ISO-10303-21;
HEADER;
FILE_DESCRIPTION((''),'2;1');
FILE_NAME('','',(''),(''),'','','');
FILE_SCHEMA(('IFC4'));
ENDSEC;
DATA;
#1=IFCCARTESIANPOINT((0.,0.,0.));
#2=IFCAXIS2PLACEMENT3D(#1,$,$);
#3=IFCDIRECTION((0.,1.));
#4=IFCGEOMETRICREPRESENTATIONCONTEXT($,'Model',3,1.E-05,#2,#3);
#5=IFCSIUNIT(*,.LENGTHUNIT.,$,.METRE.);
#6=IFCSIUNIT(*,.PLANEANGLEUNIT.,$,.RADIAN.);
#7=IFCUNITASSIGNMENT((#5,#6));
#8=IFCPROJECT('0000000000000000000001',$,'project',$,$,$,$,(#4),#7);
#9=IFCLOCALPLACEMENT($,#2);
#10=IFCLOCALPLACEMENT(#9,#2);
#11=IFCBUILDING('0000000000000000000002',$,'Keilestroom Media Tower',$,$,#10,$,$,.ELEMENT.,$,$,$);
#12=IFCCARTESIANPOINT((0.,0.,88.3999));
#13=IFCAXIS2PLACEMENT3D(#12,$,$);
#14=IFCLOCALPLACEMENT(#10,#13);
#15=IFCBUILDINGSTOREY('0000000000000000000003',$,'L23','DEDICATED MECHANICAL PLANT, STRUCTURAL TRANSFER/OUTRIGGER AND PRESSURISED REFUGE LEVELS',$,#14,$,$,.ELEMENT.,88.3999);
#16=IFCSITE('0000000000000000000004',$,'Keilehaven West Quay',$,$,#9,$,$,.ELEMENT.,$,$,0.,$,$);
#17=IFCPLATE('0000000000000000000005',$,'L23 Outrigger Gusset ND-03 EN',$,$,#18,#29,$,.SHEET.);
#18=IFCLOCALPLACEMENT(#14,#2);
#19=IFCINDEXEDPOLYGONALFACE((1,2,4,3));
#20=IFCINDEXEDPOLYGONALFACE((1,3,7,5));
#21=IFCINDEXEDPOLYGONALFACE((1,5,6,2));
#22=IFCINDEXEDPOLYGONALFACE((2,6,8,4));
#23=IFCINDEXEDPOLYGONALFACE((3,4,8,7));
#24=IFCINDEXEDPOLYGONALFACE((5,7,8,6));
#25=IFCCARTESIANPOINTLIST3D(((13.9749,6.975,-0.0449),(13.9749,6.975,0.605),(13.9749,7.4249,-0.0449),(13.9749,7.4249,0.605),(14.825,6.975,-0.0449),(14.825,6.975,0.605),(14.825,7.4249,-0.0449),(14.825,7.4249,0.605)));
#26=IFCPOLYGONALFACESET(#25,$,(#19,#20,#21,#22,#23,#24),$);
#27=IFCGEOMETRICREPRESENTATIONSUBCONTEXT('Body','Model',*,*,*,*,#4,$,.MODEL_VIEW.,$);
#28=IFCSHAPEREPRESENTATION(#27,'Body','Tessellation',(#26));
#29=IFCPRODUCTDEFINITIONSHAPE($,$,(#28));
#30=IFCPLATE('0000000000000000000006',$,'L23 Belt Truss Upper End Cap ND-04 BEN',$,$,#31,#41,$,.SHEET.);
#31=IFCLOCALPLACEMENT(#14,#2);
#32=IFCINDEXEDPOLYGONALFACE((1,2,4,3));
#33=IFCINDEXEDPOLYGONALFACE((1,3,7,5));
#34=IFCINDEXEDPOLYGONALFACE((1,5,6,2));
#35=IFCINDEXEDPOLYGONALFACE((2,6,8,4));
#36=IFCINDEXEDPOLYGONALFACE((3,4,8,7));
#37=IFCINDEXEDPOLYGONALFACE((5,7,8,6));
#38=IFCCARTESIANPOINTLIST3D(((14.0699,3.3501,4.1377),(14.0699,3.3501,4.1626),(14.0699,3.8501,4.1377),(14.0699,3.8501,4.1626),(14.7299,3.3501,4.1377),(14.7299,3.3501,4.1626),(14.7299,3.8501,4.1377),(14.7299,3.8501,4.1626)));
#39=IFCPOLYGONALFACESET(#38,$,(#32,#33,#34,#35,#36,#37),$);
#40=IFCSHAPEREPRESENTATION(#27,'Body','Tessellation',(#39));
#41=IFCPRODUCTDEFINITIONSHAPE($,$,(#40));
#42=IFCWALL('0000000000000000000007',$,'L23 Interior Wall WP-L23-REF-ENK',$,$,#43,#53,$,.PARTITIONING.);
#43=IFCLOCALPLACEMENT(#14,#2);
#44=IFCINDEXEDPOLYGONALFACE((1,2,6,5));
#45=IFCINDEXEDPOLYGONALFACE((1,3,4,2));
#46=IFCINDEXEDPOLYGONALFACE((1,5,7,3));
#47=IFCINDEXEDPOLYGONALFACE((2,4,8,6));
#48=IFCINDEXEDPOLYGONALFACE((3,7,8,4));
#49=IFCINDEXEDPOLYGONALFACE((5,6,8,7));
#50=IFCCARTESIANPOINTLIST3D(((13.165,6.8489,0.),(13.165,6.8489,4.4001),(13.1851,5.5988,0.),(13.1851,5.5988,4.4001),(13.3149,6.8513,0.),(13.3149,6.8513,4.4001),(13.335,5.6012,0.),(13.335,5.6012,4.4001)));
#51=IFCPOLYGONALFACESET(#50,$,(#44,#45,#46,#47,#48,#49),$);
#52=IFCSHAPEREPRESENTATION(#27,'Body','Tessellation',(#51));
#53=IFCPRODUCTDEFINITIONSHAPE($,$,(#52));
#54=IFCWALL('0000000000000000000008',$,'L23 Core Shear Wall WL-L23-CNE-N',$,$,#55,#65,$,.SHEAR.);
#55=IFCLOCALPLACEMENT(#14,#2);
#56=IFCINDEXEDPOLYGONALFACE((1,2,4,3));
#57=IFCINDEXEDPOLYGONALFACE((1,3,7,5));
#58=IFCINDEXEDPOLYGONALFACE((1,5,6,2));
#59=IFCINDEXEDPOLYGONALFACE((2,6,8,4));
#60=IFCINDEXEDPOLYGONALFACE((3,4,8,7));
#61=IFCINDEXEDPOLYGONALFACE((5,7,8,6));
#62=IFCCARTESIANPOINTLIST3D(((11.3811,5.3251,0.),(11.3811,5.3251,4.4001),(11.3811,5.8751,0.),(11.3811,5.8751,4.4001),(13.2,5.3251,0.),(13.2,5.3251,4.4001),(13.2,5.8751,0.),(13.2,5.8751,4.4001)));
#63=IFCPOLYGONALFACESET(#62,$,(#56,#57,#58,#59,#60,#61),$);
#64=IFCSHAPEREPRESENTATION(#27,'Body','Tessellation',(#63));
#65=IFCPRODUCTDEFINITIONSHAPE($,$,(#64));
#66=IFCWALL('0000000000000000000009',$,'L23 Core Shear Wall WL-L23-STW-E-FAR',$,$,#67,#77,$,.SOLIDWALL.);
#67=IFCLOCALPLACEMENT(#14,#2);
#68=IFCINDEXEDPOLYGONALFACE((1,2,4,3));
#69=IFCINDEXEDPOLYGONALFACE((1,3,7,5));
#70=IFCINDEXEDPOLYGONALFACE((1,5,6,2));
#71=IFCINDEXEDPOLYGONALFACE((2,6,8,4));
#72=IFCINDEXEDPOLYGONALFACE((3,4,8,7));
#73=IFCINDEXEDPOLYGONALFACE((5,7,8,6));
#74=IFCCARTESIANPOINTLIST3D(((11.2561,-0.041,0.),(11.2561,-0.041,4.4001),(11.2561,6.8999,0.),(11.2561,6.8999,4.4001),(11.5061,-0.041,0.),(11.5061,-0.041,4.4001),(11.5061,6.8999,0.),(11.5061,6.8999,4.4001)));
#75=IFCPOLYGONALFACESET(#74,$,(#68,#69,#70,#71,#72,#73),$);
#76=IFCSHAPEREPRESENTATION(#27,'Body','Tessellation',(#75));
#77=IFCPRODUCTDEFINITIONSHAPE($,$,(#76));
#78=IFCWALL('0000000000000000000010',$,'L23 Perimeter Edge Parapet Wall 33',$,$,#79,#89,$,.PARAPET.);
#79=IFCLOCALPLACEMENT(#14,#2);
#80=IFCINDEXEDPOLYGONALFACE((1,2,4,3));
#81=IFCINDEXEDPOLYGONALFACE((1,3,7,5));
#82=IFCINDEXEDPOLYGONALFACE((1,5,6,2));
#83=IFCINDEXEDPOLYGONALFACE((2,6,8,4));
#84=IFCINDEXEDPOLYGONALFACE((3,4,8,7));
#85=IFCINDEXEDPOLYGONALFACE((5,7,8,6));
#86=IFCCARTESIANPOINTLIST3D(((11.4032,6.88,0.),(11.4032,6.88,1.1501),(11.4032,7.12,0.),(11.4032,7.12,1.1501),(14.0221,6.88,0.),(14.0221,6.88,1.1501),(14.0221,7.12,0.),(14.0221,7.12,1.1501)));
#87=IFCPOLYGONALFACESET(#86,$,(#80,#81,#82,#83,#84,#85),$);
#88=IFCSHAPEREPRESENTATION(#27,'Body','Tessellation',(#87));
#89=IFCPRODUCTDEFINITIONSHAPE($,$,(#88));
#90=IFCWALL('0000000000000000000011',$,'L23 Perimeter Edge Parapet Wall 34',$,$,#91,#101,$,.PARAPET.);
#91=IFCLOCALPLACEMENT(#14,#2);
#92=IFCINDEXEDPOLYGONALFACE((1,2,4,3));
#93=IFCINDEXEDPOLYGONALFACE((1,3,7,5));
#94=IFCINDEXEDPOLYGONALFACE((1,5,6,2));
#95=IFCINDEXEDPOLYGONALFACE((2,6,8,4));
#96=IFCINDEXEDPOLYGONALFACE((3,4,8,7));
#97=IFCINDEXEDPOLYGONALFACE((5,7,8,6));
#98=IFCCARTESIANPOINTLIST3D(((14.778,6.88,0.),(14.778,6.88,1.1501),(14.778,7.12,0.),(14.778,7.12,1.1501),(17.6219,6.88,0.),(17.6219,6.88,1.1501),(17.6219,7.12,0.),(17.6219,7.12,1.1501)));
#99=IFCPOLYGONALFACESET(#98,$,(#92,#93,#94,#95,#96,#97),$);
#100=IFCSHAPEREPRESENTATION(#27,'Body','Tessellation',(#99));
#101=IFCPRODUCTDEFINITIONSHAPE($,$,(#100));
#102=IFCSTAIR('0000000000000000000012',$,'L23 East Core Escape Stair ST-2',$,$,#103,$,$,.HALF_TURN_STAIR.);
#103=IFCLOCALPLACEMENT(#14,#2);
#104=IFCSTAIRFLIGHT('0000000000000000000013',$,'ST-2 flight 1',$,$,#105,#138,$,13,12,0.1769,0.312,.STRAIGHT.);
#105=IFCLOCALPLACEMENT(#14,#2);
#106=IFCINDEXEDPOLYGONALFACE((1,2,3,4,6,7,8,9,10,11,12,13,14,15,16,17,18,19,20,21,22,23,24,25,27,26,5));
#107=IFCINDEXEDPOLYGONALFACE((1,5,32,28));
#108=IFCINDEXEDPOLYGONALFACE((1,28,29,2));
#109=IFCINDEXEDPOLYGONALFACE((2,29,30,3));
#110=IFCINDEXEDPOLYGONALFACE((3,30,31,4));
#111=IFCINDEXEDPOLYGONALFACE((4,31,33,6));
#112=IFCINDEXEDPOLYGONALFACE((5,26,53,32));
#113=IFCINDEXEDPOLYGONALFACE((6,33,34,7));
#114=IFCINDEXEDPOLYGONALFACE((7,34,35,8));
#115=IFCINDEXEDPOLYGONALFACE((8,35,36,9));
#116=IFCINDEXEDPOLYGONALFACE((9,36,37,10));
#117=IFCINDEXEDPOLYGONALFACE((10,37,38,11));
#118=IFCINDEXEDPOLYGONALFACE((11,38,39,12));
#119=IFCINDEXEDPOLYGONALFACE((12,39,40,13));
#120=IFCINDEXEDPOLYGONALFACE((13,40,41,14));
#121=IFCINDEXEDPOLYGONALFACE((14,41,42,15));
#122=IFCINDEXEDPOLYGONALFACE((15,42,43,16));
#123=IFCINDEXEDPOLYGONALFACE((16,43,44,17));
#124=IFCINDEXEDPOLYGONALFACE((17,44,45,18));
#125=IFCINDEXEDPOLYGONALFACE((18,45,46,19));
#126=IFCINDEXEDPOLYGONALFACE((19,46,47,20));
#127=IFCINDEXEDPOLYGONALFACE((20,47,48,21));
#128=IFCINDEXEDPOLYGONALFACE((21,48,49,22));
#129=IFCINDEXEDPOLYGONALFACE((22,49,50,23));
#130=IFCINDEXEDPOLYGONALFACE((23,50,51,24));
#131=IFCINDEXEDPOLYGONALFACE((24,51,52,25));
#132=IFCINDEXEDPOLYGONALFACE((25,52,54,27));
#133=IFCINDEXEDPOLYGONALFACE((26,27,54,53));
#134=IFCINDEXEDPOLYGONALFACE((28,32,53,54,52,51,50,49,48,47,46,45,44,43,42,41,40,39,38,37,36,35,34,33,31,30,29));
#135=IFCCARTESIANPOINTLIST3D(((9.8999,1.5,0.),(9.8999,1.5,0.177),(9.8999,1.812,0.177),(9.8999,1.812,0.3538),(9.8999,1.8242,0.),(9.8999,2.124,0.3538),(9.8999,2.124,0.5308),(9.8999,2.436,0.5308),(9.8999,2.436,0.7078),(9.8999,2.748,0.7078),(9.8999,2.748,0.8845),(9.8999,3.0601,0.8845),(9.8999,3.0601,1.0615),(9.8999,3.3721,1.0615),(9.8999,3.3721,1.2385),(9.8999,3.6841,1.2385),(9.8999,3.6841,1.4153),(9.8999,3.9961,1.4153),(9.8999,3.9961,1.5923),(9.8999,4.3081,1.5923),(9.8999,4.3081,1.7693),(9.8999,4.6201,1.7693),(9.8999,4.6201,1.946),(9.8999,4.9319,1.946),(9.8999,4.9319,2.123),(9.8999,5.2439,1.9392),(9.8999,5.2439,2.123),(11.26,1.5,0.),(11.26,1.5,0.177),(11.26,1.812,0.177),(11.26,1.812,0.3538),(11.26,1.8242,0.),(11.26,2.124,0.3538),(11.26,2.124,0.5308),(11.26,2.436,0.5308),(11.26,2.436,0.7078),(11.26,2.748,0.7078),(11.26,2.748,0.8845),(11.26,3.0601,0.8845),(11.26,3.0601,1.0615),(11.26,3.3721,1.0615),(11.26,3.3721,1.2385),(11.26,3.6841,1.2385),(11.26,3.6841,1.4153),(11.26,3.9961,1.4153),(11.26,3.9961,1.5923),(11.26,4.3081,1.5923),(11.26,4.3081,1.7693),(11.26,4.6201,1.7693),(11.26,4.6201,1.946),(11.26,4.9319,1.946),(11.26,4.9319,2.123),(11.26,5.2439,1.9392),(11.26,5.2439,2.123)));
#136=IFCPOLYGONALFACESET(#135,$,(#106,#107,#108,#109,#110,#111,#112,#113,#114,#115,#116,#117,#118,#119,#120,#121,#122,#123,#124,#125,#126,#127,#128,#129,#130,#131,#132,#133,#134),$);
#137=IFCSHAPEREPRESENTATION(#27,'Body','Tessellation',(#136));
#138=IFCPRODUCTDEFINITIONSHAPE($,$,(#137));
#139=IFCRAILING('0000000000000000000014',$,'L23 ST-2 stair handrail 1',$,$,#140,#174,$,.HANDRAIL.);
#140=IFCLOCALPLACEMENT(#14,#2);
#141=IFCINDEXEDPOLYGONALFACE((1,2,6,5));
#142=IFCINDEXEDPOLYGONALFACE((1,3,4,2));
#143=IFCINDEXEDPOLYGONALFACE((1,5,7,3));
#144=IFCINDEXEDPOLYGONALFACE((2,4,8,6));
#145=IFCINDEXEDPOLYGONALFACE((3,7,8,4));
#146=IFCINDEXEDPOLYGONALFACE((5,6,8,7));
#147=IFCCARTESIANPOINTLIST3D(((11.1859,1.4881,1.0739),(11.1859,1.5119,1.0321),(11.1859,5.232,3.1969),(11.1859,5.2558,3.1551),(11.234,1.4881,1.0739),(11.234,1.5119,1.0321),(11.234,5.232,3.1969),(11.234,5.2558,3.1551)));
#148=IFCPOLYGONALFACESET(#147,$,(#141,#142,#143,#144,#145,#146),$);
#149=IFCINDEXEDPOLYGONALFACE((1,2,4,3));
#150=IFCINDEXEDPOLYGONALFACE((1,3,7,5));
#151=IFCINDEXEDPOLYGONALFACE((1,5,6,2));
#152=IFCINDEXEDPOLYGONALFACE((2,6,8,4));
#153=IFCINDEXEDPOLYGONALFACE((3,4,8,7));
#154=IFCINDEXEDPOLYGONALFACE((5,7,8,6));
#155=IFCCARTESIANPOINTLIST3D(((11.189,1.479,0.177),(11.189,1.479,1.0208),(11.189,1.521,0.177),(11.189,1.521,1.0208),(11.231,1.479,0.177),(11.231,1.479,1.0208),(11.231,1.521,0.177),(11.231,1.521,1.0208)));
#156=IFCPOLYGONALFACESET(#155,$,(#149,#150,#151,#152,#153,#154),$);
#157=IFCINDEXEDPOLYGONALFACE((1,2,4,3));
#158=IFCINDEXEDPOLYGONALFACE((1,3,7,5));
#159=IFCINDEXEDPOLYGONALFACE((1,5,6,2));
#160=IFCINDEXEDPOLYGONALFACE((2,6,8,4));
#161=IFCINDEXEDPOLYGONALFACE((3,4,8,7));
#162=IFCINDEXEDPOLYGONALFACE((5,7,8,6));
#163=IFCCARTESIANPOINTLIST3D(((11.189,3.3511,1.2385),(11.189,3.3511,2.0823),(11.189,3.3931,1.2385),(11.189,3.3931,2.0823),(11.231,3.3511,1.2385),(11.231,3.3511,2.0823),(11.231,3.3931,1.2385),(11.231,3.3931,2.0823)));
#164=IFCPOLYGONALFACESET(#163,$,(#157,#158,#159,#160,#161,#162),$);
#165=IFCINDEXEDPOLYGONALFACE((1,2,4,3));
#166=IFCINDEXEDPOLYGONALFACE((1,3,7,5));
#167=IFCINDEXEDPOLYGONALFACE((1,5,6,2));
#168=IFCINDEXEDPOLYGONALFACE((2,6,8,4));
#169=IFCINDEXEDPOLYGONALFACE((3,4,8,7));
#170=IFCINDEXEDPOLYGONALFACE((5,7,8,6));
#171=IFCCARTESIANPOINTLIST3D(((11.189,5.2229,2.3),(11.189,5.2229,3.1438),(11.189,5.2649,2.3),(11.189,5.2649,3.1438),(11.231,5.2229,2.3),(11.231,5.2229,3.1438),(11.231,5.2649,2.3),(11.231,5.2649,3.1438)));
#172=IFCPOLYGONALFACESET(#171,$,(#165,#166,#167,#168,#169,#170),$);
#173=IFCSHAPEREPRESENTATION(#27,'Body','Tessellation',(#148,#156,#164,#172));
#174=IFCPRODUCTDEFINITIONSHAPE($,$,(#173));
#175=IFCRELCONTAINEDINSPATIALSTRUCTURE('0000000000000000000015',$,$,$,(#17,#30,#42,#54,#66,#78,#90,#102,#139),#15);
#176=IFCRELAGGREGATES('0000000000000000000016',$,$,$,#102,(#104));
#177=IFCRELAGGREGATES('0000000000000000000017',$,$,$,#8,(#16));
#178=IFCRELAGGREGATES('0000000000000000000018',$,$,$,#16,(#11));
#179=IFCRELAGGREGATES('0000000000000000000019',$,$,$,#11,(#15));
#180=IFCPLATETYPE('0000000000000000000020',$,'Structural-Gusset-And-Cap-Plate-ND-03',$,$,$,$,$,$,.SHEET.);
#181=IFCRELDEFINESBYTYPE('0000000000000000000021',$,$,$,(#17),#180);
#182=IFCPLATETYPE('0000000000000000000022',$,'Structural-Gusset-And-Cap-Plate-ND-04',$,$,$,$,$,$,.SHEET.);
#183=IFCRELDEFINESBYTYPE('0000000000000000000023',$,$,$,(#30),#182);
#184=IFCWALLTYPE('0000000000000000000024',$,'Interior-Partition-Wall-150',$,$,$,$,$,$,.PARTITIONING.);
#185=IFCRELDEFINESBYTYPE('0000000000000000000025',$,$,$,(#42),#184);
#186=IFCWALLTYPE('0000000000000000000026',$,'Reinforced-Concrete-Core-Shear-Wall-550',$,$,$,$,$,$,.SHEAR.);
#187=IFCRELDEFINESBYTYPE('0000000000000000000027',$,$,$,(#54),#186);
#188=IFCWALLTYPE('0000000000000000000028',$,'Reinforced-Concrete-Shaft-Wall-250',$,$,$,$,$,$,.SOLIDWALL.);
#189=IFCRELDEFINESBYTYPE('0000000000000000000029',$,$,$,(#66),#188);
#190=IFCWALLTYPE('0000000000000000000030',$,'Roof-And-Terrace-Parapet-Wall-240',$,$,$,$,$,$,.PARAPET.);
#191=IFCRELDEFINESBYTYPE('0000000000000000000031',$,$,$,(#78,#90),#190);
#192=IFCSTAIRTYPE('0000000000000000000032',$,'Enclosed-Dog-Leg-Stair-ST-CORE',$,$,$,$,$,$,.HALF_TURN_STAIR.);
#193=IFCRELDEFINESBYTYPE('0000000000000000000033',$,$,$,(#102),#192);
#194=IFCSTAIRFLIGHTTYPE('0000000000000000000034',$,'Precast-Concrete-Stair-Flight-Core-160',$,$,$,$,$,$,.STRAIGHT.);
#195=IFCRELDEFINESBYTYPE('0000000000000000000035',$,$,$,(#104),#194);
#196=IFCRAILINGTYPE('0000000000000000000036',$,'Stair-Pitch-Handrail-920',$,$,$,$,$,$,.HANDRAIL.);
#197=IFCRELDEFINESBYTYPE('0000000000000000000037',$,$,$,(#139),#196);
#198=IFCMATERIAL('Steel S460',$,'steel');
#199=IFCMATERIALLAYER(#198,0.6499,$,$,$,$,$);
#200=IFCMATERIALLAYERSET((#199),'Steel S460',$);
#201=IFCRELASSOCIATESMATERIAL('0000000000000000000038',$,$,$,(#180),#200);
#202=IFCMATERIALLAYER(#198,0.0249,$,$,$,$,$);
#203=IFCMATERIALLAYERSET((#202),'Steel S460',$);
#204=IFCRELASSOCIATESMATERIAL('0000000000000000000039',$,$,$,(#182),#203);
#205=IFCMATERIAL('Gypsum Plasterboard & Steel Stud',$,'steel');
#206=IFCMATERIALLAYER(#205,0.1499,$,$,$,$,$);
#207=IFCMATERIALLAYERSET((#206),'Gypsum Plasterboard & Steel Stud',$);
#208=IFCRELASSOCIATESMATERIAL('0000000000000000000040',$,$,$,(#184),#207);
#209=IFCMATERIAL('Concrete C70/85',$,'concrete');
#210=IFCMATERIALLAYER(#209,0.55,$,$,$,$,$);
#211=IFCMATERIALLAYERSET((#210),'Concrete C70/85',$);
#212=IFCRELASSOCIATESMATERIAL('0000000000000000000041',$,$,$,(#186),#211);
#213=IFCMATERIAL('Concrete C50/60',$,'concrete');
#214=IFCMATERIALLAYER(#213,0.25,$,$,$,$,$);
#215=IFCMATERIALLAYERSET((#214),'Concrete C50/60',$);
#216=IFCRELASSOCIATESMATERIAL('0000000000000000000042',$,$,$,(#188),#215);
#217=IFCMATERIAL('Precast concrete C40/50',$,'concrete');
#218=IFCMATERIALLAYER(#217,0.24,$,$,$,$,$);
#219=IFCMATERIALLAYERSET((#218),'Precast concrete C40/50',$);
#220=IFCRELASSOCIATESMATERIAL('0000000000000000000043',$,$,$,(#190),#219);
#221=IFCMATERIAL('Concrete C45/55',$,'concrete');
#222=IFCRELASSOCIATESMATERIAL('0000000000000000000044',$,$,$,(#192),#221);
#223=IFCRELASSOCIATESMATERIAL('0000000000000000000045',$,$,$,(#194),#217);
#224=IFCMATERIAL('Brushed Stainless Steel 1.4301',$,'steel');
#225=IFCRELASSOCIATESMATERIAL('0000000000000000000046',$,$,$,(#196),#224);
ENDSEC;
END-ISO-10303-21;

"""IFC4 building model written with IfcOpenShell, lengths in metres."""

from ifc_helpers import new_model, si_unit, direction, frame, frame_2d, origin, origin_2d, place, context, subcontext, project, spatial, polyline, rectangle, outline, extrude, source, transform, mapped, material, layer, layer_set, type_object, element, aggregate, save


model = new_model("IFC4")

# Units and contexts
model_context = context("Model", 3, precision=1e-05, world=origin(), true_north=direction((0.0, 1.0)))
body_context = subcontext(model_context, "Body", "Model", "MODEL_VIEW")
ifc_project = project(units=[si_unit("LENGTHUNIT", "METRE"), si_unit("PLANEANGLEUNIT", "RADIAN")], contexts=[model_context])

# Site, building, storey
site_placement = place(None, origin())
site = spatial("IfcSite", under=ifc_project, at=site_placement, Name="Keilehaven West Quay", CompositionType="ELEMENT", RefElevation=0.0)
building_placement = place(site_placement, origin())
building = spatial("IfcBuilding", under=site, at=building_placement, Name="Keilestroom Media Tower", CompositionType="ELEMENT")
storey_placement = place(building_placement, frame((0.0, 0.0, 88.3999)))
storey = spatial("IfcBuildingStorey", under=building, at=storey_placement, Name="L23", Description="DEDICATED MECHANICAL PLANT, STRUCTURAL TRANSFER/OUTRIGGER AND PRESSURISED REFUGE LEVELS", CompositionType="ELEMENT", Elevation=88.3999)

# Shared definitions
ifc_material_1 = material(Name="Precast concrete C40/50", Category="concrete")
ifc_material_2 = material(Name="Steel S460", Category="steel")

# Plates
ifc_layer_1 = layer(ifc_material_2, 0.6499)
ifc_layer_set_1 = layer_set([ifc_layer_1], Name="Steel S460")
plate_type_1 = type_object("IfcPlateType", Name="Structural-Gusset-And-Cap-Plate-ND-03", PredefinedType="SHEET", material=ifc_layer_set_1)
shared_shape_1 = source(origin(), body_context, "Body", "SweptSolid", [
    extrude(rectangle(XDim=0.8501, YDim=0.45, at=origin_2d()), origin(), (0.0, 0.0, 1.0), 0.6499),
])
plate_1_placement = place(storey_placement, frame((14.3999, 7.2, -0.0449), z_axis=(0.0, 0.0, 1.0), x_axis=(1.0, 0.0, 0.0)))
element("IfcPlate", 1, at=plate_1_placement, inside=storey, type_object=plate_type_1, Name="L23 Outrigger Gusset ND-03 EN", PredefinedType="SHEET", context=body_context, shape_type="MappedRepresentation", body=[
    mapped(shared_shape_1, transform((0.0, 0.0, 0.0), x_axis=(1.0, 0.0, 0.0), y_axis=(0.0, 1.0, 0.0), z_axis=(0.0, 0.0, 1.0), scale=1.0)),
])
ifc_layer_2 = layer(ifc_material_2, 0.0249)
ifc_layer_set_2 = layer_set([ifc_layer_2], Name="Steel S460")
plate_type_2 = type_object("IfcPlateType", Name="Structural-Gusset-And-Cap-Plate-ND-04", PredefinedType="SHEET", material=ifc_layer_set_2)
shared_shape_2 = source(origin(), body_context, "Body", "SweptSolid", [
    extrude(rectangle(XDim=0.6599, YDim=0.5, at=origin_2d()), origin(), (0.0, 0.0, 1.0), 0.0249),
])
plate_2_placement = place(storey_placement, frame((14.3999, 3.6001, 4.1377), z_axis=(0.0, 0.0, 1.0), x_axis=(1.0, 0.0, 0.0)))
element("IfcPlate", 2, at=plate_2_placement, inside=storey, type_object=plate_type_2, Name="L23 Belt Truss Upper End Cap ND-04 BEN", PredefinedType="SHEET", context=body_context, shape_type="MappedRepresentation", body=[
    mapped(shared_shape_2, transform((0.0, 0.0, 0.0), x_axis=(1.0, 0.0, 0.0), y_axis=(0.0, 1.0, 0.0), z_axis=(0.0, 0.0, 1.0), scale=1.0)),
])

# Walls
ifc_material_3 = material(Name="Gypsum Plasterboard & Steel Stud", Category="steel")
ifc_layer_3 = layer(ifc_material_3, 0.1499)
ifc_layer_set_3 = layer_set([ifc_layer_3], Name="Gypsum Plasterboard & Steel Stud")
wall_type_1 = type_object("IfcWallType", Name="Interior-Partition-Wall-150", PredefinedType="PARTITIONING", material=ifc_layer_set_3)
wall_1_placement = place(storey_placement, frame((13.26, 5.6001, 0.0), z_axis=(0.0, 0.0, 1.0), x_axis=(-0.016014, 0.999872, 0.0)))
element("IfcWall", 3, at=wall_1_placement, inside=storey, type_object=wall_type_1, Name="L23 Interior Wall WP-L23-REF-ENK", PredefinedType="PARTITIONING", context=body_context, shape_type="SweptSolid", body=[
    extrude(rectangle(XDim=1.2502, YDim=0.1499, at=frame_2d((0.625, 0.0))), origin(), (0.0, 0.0, 1.0), 4.4001),
])
ifc_material_4 = material(Name="Concrete C70/85", Category="concrete")
ifc_layer_4 = layer(ifc_material_4, 0.55)
ifc_layer_set_4 = layer_set([ifc_layer_4], Name="Concrete C70/85")
wall_type_2 = type_object("IfcWallType", Name="Reinforced-Concrete-Core-Shear-Wall-550", PredefinedType="SHEAR", material=ifc_layer_set_4)
wall_2_placement = place(storey_placement, frame((11.3811, 5.6001, 0.0), z_axis=(0.0, 0.0, 1.0), x_axis=(1.0, 0.0, 0.0)))
element("IfcWall", 4, at=wall_2_placement, inside=storey, type_object=wall_type_2, Name="L23 Core Shear Wall WL-L23-CNE-N", PredefinedType="SHEAR", context=body_context, shape_type="SweptSolid", body=[
    extrude(rectangle(XDim=1.8188, YDim=0.55, at=frame_2d((0.9094, 0.0))), origin(), (0.0, 0.0, 1.0), 4.4001),
])
ifc_material_5 = material(Name="Concrete C50/60", Category="concrete")
ifc_layer_5 = layer(ifc_material_5, 0.25)
ifc_layer_set_5 = layer_set([ifc_layer_5], Name="Concrete C50/60")
wall_type_3 = type_object("IfcWallType", Name="Reinforced-Concrete-Shaft-Wall-250", PredefinedType="SOLIDWALL", material=ifc_layer_set_5)
wall_3_placement = place(storey_placement, frame((11.3811, -0.041, 0.0), z_axis=(0.0, 0.0, 1.0), x_axis=(0.0, 1.0, 0.0)))
element("IfcWall", 5, at=wall_3_placement, inside=storey, type_object=wall_type_3, Name="L23 Core Shear Wall WL-L23-STW-E-FAR", PredefinedType="SOLIDWALL", context=body_context, shape_type="SweptSolid", body=[
    extrude(rectangle(XDim=6.9409, YDim=0.25, at=frame_2d((3.4705, 0.0))), origin(), (0.0, 0.0, 1.0), 4.4001),
])
ifc_layer_6 = layer(ifc_material_1, 0.24)
ifc_layer_set_6 = layer_set([ifc_layer_6], Name="Precast concrete C40/50")
wall_type_4 = type_object("IfcWallType", Name="Roof-And-Terrace-Parapet-Wall-240", PredefinedType="PARAPET", material=ifc_layer_set_6)
wall_4_placement = place(storey_placement, frame((11.4031, 7.0, 0.0), z_axis=(0.0, 0.0, 1.0), x_axis=(1.0, 0.0, 0.0)))
element("IfcWall", 6, at=wall_4_placement, inside=storey, type_object=wall_type_4, Name="L23 Perimeter Edge Parapet Wall 33", PredefinedType="PARAPET", context=body_context, shape_type="SweptSolid", body=[
    extrude(rectangle(XDim=2.6189, YDim=0.24, at=frame_2d((1.3096, 0.0))), origin(), (0.0, 0.0, 1.0), 1.1501),
])
wall_5_placement = place(storey_placement, frame((14.7781, 7.0, 0.0), z_axis=(0.0, 0.0, 1.0), x_axis=(1.0, 0.0, 0.0)))
element("IfcWall", 7, at=wall_5_placement, inside=storey, type_object=wall_type_4, Name="L23 Perimeter Edge Parapet Wall 34", PredefinedType="PARAPET", context=body_context, shape_type="SweptSolid", body=[
    extrude(rectangle(XDim=2.844, YDim=0.24, at=frame_2d((1.4219, 0.0))), origin(), (0.0, 0.0, 1.0), 1.1501),
])

# Stair, stair flight
ifc_material_6 = material(Name="Concrete C45/55", Category="concrete")
stair_type = type_object("IfcStairType", Name="Enclosed-Dog-Leg-Stair-ST-CORE", PredefinedType="HALF_TURN_STAIR", material=ifc_material_6)
stair_placement = place(storey_placement, origin())
stair = element("IfcStair", 8, at=stair_placement, inside=storey, type_object=stair_type, Name="L23 East Core Escape Stair ST-2", PredefinedType="HALF_TURN_STAIR")
stair_flight_type = type_object("IfcStairFlightType", Name="Precast-Concrete-Stair-Flight-Core-160", PredefinedType="STRAIGHT", material=ifc_material_1)
stair_flight_placement = place(storey_placement, frame((10.5801, 1.5, 0.0), z_axis=(0.0, 0.0, 1.0), x_axis=(0.0, 1.0, 0.0)))
stair_flight = element("IfcStairFlight", 9, at=stair_flight_placement, type_object=stair_flight_type, Name="ST-2 flight 1", NumberOfRisers=13, NumberOfTreads=12, PredefinedType="STRAIGHT", RiserHeight=0.1769, TreadLength=0.312, context=body_context, shape_type="SweptSolid", body=[
    extrude(outline(polyline([(0.0, 0.0), (0.0, 0.177), (0.312, 0.177), (0.312, 0.3538), (0.624, 0.3538), (0.624, 0.5308), (0.936, 0.5308), (0.936, 0.7078), (1.248, 0.7078), (1.248, 0.8845), (1.5601, 0.8845), (1.5601, 1.0615), (1.8721, 1.0615), (1.8721, 1.2385), (2.1841, 1.2385), (2.1841, 1.4153), (2.4961, 1.4153), (2.4961, 1.5923), (2.8081, 1.5923), (2.8081, 1.7693), (3.1201, 1.7693), (3.1201, 1.946), (3.4319, 1.946), (3.4319, 2.123), (3.7439, 2.123), (3.7439, 2.3), (3.7439, 1.9392), (0.3242, 0.0), (0.0, 0.0)])), frame((0.0, 0.6802, 0.0), z_axis=(0.0, -1.0, 0.0), x_axis=(1.0, 0.0, 0.0)), (0.0, 0.0, 1.0), 1.3601),
])
aggregate(stair, [stair_flight])

# Railing
ifc_material_7 = material(Name="Brushed Stainless Steel 1.4301", Category="steel")
railing_type_1 = type_object("IfcRailingType", Name="Stair-Pitch-Handrail-920", PredefinedType="HANDRAIL", material=ifc_material_7)
railing_1_placement = place(storey_placement, frame((11.21, 1.5, 0.177)))
element("IfcRailing", 10, at=railing_1_placement, inside=storey, type_object=railing_type_1, Name="L23 ST-2 stair handrail 1", PredefinedType="HANDRAIL", context=body_context, shape_type="SweptSolid", body=[
    extrude(rectangle(XDim=0.0481, YDim=0.0481, at=origin_2d()), frame((0.0, 0.0, 0.876), z_axis=(0.0, 0.869872, 0.493277), x_axis=(-1.0, 0.0, 0.0)), (0.0, 0.0, 1.0), 4.304),
    extrude(rectangle(XDim=0.042, YDim=0.042, at=origin_2d()), origin(), (0.0, 0.0, 1.0), 0.8438),
    extrude(rectangle(XDim=0.042, YDim=0.042, at=origin_2d()), frame((0.0, 1.8721, 1.0615)), (0.0, 0.0, 1.0), 0.8438),
    extrude(rectangle(XDim=0.042, YDim=0.042, at=origin_2d()), frame((0.0, 3.7439, 2.123)), (0.0, 0.0, 1.0), 0.8438),
])

save(model, "model.ifc")
